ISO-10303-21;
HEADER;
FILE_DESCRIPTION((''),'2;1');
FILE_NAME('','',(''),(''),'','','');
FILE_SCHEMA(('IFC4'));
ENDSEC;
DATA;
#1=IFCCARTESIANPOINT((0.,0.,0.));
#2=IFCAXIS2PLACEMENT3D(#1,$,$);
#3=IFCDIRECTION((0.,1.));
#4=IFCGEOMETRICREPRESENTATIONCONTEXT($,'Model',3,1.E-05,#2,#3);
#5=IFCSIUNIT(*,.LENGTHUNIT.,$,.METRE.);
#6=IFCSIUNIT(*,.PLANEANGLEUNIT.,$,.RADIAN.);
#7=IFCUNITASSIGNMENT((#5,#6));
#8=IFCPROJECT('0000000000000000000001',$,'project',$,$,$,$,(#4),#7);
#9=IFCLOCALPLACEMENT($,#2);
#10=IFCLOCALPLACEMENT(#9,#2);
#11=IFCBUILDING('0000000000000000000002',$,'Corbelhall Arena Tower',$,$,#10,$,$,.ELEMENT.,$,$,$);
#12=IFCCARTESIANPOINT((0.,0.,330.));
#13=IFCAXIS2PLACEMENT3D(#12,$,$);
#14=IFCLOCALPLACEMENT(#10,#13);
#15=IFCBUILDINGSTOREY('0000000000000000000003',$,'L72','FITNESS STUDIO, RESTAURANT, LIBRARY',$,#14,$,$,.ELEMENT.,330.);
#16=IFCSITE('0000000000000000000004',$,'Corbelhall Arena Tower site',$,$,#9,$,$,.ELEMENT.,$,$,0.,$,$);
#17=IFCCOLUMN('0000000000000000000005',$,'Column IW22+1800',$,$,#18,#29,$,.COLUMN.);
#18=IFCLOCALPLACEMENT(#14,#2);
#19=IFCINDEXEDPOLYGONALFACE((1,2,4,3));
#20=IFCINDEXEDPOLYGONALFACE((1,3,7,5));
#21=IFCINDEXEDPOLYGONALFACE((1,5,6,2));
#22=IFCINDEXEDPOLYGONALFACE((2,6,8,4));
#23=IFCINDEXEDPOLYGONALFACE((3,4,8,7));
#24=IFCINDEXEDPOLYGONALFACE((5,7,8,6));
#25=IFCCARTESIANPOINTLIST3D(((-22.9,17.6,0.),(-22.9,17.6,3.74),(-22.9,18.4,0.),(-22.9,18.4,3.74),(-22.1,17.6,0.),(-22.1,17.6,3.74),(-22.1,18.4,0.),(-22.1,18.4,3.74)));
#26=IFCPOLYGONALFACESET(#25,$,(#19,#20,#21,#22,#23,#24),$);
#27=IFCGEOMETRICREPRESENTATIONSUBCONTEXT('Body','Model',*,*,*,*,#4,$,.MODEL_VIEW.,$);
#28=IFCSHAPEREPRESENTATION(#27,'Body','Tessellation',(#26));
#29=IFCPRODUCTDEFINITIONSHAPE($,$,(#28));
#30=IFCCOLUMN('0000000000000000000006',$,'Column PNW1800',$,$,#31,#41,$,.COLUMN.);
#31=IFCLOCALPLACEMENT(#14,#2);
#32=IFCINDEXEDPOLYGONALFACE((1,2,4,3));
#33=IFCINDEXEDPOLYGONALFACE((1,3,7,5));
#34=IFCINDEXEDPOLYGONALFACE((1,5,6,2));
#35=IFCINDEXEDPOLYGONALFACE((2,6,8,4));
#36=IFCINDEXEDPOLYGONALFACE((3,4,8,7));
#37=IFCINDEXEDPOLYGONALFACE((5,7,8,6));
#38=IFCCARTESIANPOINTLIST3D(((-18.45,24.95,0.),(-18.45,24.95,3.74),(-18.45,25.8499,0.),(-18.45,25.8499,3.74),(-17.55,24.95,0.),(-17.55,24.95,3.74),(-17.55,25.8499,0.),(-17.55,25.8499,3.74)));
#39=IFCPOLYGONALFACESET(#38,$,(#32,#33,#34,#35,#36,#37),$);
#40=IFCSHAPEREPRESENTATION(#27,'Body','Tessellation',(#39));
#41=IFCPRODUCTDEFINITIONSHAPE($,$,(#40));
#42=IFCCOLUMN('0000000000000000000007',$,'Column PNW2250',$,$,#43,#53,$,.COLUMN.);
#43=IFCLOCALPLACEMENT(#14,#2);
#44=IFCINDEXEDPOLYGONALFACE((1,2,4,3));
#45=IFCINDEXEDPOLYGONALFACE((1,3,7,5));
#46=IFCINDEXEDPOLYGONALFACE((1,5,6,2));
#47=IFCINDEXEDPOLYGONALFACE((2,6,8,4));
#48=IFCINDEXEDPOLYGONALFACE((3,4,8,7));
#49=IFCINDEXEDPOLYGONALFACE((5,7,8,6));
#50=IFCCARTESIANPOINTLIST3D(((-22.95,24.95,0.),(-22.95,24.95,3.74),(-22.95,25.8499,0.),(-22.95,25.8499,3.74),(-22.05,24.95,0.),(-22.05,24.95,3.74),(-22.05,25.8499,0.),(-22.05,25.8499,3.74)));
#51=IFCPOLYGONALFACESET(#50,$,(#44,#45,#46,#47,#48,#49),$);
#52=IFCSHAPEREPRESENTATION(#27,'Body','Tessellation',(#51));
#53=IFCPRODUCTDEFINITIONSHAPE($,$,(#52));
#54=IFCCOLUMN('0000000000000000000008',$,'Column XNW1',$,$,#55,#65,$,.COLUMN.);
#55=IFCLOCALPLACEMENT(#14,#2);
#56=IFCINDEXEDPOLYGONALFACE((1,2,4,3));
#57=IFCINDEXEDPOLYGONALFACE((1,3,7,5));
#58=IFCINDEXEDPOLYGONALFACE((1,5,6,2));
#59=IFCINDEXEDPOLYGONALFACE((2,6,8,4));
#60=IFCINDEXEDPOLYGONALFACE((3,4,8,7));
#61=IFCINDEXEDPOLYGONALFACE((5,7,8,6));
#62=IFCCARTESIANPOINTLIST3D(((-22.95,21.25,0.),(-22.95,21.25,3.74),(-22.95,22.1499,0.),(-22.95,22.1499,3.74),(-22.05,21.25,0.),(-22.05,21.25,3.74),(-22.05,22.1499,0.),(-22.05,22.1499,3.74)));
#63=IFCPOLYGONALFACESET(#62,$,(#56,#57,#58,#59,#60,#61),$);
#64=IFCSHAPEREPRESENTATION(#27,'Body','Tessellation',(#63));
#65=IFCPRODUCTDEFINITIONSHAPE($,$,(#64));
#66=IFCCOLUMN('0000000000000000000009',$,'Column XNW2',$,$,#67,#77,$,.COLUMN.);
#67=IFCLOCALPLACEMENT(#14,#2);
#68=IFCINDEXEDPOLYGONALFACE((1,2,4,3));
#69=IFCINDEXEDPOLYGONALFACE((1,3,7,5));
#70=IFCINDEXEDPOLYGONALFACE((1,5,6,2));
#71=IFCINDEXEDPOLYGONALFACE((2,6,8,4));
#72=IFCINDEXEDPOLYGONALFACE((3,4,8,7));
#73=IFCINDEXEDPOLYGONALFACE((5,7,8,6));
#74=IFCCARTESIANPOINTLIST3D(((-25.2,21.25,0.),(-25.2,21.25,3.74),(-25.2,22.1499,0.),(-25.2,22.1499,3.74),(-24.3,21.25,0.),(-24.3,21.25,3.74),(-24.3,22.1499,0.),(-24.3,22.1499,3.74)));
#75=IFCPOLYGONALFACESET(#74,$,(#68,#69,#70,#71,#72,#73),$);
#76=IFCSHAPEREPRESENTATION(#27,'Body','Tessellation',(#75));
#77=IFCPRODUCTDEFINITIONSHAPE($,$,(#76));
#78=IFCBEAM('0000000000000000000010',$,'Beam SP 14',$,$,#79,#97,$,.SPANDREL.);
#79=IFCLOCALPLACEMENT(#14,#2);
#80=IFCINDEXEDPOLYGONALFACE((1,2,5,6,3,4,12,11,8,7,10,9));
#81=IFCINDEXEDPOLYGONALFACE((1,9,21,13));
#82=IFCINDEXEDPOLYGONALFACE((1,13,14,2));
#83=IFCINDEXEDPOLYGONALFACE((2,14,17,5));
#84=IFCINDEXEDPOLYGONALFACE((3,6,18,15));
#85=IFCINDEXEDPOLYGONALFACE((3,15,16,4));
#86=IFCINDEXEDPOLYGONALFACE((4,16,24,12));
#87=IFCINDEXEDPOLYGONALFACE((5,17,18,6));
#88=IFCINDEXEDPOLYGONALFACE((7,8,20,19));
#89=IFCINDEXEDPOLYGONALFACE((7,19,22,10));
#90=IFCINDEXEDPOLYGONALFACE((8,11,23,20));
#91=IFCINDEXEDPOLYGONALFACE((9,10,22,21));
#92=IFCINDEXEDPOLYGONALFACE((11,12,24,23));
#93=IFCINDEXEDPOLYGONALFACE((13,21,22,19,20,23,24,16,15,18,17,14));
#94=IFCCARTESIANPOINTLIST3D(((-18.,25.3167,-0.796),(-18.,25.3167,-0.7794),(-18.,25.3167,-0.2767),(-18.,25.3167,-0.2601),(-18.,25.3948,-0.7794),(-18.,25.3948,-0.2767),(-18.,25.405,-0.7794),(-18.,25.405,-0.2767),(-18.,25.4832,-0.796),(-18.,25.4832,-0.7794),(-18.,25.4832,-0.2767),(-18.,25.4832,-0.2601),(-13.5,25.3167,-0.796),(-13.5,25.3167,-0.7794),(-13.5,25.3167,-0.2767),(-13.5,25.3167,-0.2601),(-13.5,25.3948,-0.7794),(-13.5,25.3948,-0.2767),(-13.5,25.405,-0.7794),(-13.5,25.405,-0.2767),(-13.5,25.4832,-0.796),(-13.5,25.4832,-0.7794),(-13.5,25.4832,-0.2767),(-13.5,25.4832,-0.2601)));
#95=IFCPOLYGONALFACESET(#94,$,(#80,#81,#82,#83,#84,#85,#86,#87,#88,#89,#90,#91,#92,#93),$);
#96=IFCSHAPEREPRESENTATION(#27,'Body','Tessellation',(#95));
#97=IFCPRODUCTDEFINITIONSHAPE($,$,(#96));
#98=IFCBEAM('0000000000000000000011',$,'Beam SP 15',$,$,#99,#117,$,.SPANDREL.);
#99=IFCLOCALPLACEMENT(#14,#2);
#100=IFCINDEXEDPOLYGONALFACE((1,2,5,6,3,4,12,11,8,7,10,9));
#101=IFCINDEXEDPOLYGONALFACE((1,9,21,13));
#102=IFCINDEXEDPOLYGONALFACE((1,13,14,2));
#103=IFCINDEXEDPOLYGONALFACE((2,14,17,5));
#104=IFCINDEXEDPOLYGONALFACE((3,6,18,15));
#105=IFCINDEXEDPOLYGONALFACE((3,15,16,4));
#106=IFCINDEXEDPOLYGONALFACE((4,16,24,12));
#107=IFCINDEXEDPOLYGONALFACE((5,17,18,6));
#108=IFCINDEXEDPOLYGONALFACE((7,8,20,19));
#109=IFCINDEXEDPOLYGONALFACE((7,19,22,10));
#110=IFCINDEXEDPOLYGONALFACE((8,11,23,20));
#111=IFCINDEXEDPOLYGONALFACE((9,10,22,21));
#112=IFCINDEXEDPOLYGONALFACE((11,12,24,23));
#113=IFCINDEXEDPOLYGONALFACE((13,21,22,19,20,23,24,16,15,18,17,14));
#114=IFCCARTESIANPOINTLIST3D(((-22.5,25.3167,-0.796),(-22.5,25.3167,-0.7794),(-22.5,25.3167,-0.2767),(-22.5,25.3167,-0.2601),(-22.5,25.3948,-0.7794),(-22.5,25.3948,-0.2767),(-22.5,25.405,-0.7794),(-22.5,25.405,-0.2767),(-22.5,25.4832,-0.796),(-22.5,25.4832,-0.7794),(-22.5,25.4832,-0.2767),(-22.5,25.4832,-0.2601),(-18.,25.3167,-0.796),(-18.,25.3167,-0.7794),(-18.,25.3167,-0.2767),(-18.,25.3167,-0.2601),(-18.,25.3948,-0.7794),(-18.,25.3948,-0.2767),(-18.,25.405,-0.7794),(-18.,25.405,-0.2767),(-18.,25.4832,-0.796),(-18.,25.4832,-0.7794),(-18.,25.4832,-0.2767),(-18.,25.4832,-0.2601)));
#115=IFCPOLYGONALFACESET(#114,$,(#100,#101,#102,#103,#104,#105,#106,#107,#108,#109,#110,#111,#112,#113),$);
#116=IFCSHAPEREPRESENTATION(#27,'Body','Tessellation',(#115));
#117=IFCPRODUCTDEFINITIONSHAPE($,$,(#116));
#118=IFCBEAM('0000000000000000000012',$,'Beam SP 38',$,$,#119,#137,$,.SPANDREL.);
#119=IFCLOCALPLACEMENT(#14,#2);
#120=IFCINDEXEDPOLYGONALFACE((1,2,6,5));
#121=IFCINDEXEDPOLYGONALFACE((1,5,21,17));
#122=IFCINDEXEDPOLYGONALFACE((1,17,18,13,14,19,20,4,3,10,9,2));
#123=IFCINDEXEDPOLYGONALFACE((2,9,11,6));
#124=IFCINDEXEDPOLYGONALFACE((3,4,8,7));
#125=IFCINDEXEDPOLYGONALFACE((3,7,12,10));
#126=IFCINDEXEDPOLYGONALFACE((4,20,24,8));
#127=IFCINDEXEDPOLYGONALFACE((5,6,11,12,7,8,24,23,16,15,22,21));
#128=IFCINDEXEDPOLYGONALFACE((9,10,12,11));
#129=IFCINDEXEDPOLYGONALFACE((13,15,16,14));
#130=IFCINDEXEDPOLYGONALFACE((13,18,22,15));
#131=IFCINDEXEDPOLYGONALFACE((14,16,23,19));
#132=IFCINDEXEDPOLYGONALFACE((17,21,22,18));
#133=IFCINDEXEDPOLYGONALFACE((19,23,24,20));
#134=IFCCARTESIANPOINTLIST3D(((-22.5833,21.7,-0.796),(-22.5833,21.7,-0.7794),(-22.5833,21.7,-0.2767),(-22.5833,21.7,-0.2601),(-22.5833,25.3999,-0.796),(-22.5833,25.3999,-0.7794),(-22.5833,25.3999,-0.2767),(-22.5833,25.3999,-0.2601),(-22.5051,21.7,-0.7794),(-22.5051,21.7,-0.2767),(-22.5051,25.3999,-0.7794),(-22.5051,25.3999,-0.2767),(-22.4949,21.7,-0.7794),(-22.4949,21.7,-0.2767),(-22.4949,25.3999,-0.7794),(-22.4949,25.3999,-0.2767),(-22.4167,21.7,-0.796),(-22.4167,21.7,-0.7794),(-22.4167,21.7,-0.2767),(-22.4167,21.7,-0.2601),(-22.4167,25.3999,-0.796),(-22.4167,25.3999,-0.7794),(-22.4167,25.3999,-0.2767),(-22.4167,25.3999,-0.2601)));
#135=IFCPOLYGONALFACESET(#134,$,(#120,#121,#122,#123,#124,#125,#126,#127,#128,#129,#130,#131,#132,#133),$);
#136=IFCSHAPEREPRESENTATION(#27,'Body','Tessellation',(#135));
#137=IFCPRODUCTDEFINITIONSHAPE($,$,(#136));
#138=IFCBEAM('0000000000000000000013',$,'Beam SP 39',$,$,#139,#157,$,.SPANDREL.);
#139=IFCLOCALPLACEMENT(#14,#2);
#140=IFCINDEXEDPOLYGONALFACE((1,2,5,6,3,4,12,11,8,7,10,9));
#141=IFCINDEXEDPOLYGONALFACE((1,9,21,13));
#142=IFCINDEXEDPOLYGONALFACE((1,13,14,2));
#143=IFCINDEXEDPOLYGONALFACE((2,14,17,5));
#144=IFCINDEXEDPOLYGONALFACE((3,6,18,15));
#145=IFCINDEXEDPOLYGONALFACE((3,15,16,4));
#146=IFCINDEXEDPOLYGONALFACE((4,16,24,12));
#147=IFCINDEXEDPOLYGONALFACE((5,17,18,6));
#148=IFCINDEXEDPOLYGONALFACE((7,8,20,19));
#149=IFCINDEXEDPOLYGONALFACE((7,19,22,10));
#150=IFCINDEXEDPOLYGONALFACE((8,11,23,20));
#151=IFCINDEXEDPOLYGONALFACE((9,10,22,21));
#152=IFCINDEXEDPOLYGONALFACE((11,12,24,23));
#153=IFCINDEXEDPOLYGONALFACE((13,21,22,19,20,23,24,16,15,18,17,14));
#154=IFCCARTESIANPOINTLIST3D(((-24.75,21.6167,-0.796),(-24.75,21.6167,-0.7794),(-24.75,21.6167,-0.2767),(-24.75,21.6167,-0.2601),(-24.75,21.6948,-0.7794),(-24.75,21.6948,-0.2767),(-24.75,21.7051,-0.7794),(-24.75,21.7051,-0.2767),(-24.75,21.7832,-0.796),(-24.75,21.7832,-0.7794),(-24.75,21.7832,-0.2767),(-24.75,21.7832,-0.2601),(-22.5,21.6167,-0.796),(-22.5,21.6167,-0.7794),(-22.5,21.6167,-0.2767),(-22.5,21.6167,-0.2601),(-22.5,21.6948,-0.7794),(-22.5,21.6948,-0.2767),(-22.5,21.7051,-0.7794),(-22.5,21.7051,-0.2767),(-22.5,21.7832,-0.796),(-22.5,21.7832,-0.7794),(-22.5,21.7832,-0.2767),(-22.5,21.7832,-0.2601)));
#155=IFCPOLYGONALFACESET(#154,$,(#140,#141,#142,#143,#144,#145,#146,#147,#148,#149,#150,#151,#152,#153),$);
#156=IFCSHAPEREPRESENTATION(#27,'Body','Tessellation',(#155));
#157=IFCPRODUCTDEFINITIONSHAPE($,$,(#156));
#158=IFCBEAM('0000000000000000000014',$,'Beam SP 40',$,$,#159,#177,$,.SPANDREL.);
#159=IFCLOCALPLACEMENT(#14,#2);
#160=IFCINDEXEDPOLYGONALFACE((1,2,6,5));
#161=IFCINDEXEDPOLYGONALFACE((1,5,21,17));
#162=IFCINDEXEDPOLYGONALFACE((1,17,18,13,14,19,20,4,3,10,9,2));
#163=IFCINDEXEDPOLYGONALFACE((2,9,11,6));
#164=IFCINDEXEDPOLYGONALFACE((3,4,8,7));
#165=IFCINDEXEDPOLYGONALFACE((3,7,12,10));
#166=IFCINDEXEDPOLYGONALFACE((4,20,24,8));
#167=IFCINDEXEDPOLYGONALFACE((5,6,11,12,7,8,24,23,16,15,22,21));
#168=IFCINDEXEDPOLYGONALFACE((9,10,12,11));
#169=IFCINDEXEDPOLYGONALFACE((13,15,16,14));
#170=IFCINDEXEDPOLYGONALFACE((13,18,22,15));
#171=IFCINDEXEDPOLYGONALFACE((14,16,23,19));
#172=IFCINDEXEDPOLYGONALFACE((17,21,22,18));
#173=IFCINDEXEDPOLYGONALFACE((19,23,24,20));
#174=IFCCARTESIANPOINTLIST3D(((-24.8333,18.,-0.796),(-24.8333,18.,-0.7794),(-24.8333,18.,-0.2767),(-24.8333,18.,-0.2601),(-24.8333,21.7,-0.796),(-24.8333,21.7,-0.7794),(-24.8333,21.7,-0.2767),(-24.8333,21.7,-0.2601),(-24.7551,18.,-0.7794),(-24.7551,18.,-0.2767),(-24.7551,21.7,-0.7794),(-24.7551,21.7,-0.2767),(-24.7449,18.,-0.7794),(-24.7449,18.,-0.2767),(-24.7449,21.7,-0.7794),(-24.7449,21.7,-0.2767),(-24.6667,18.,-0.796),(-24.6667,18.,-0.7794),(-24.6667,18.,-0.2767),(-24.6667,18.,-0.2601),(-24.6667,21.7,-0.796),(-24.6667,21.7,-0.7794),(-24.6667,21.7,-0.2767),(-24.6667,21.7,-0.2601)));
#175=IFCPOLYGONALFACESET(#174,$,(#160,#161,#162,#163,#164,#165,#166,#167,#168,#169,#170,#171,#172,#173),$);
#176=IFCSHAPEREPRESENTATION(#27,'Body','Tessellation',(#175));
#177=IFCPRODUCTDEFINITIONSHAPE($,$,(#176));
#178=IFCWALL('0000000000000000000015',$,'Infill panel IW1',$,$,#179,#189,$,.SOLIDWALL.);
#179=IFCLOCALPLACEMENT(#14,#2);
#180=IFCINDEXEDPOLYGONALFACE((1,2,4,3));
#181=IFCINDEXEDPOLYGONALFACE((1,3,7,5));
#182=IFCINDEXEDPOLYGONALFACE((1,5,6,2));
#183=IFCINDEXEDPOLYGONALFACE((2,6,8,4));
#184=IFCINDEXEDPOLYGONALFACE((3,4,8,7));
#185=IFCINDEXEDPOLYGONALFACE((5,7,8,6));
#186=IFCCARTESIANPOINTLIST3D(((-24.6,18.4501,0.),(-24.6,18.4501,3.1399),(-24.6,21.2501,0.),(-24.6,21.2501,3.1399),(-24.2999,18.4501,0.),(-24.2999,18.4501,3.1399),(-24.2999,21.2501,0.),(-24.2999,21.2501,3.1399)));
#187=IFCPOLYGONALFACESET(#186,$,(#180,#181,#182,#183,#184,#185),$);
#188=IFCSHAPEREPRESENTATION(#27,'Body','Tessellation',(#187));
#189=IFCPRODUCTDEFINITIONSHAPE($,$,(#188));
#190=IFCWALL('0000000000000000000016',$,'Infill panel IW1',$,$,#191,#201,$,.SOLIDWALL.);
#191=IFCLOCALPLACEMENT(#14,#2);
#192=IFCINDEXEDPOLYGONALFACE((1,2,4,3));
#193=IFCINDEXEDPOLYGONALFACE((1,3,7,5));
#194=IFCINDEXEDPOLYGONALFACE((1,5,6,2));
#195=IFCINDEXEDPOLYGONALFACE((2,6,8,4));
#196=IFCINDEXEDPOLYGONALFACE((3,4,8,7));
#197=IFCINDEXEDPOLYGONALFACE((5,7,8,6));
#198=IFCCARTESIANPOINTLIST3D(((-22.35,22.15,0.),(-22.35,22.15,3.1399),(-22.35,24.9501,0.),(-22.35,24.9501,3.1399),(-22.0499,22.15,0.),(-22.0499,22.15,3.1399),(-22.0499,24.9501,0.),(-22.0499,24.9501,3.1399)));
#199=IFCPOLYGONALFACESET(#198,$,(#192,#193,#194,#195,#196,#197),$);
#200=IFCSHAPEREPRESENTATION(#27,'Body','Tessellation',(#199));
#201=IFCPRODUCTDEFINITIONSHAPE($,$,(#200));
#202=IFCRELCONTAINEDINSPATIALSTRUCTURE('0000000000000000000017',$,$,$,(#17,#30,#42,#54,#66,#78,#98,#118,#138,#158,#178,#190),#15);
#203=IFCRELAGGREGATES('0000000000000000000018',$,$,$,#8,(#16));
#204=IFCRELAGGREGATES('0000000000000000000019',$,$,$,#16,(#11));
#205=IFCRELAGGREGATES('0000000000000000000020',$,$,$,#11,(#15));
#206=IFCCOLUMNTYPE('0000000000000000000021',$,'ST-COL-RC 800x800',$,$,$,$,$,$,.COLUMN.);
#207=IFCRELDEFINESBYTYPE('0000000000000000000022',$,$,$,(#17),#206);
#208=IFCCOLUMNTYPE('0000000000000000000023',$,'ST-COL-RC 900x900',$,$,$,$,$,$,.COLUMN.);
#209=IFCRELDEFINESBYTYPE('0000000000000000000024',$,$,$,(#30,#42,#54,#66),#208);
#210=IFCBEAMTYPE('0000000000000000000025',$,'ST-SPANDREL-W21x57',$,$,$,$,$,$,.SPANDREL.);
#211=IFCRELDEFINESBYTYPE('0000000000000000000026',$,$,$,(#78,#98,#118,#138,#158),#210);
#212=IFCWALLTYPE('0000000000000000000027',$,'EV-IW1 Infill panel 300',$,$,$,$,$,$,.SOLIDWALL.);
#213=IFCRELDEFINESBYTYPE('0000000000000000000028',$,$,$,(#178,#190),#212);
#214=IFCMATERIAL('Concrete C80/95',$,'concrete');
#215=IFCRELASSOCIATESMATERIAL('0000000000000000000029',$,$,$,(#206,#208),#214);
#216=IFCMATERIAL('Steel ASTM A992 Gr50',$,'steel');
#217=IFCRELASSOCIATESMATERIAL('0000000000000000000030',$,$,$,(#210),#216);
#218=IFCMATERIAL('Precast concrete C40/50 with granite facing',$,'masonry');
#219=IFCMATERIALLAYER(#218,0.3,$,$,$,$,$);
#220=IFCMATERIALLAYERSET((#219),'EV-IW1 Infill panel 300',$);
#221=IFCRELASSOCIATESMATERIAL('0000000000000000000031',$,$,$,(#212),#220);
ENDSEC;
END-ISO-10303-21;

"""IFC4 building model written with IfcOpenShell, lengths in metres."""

from ifc_helpers import new_model, si_unit, direction, frame, frame_2d, origin, origin_2d, place, context, subcontext, project, spatial, rectangle, i_section, extrude, material, layer, layer_set, material_profile, profile_set, type_object, element, save


model = new_model("IFC4")

# Units and contexts
model_context = context("Model", 3, precision=1e-05, world=origin(), true_north=direction((0.0, 1.0)))
body_context = subcontext(model_context, "Body", "Model", "MODEL_VIEW")
ifc_project = project(units=[si_unit("LENGTHUNIT", "METRE"), si_unit("PLANEANGLEUNIT", "RADIAN")], contexts=[model_context])

# Site, building, storey
site_placement = place(None, origin())
site = spatial("IfcSite", under=ifc_project, at=site_placement, Name="Corbelhall Arena Tower site", CompositionType="ELEMENT", RefElevation=0.0)
building_placement = place(site_placement, origin())
building = spatial("IfcBuilding", under=site, at=building_placement, Name="Corbelhall Arena Tower", CompositionType="ELEMENT")
storey_placement = place(building_placement, frame((0.0, 0.0, 330.0)))
storey = spatial("IfcBuildingStorey", under=building, at=storey_placement, Name="L72", Description="FITNESS STUDIO, RESTAURANT, LIBRARY", CompositionType="ELEMENT", Elevation=330.0)

# Columns
ifc_material_1 = material(Name="Concrete C80/95", Category="concrete")
ifc_material_profile_1 = material_profile(ifc_material_1, rectangle(XDim=0.8, YDim=0.8, at=origin_2d()))
ifc_profile_set_1 = profile_set([ifc_material_profile_1], Name="Concrete C80/95")
column_type_1 = type_object("IfcColumnType", Name="ST-COL-RC 800x800", PredefinedType="COLUMN", material=ifc_profile_set_1)
column_placement = place(storey_placement, frame((-22.5, 18.0, 0.0), z_axis=(0.0, 0.0, 1.0), x_axis=(1.0, 0.0, 0.0)))
element("IfcColumn", 1, at=column_placement, inside=storey, type_object=column_type_1, Name="Column IW22+1800", PredefinedType="COLUMN", context=body_context, shape_type="SweptSolid", body=[
    extrude(rectangle(XDim=0.8, YDim=0.8, at=origin_2d()), origin(), (0.0, 0.0, 1.0), 3.74),
])
ifc_material_profile_2 = material_profile(ifc_material_1, rectangle(XDim=0.8999, YDim=0.8999, at=origin_2d()))
ifc_profile_set_2 = profile_set([ifc_material_profile_2], Name="Concrete C80/95")
column_type_2 = type_object("IfcColumnType", Name="ST-COL-RC 900x900", PredefinedType="COLUMN", material=ifc_profile_set_2)
for number, where, z_axis, x_axis, name in (
    (2, (-18.0, 25.3999, 0.0), (0.0, 0.0, 1.0), (1.0, 0.0, 0.0), "Column PNW1800"),
    (3, (-22.5, 25.3999, 0.0), (0.0, 0.0, 1.0), (1.0, 0.0, 0.0), "Column PNW2250"),
    (4, (-22.5, 21.7, 0.0), (0.0, 0.0, 1.0), (1.0, 0.0, 0.0), "Column XNW1"),
    (5, (-24.75, 21.7, 0.0), (0.0, 0.0, 1.0), (1.0, 0.0, 0.0), "Column XNW2"),
):
    element("IfcColumn", number, at=place(storey_placement, frame(where, z_axis=z_axis, x_axis=x_axis)), inside=storey, type_object=column_type_2, Name=name, PredefinedType="COLUMN", context=body_context, shape_type="SweptSolid", body=[
        extrude(rectangle(XDim=0.8999, YDim=0.8999, at=origin_2d()), origin(), (0.0, 0.0, 1.0), 3.74),
    ])

# Beams
ifc_material_2 = material(Name="Steel ASTM A992 Gr50", Category="steel")
ifc_material_profile_3 = material_profile(ifc_material_2, i_section(OverallWidth=0.1665, OverallDepth=0.5359, WebThickness=0.0103, FlangeThickness=0.0166, at=origin_2d()))
ifc_profile_set_3 = profile_set([ifc_material_profile_3], Name="Steel ASTM A992 Gr50")
beam_type = type_object("IfcBeamType", Name="ST-SPANDREL-W21x57", PredefinedType="SPANDREL", material=ifc_profile_set_3)
for number, where, z_axis, x_axis, name in (
    (6, (-18.0, 25.3999, -0.5281), (1.0, 0.0, 0.0), (0.0, 1.0, 0.0), "Beam SP 14"),
    (7, (-22.5, 25.3999, -0.5281), (1.0, 0.0, 0.0), (0.0, 1.0, 0.0), "Beam SP 15"),
):
    element("IfcBeam", number, at=place(storey_placement, frame(where, z_axis=z_axis, x_axis=x_axis)), inside=storey, type_object=beam_type, Name=name, PredefinedType="SPANDREL", context=body_context, shape_type="SweptSolid", body=[
        extrude(i_section(OverallWidth=0.1665, OverallDepth=0.5359, WebThickness=0.0103, FlangeThickness=0.0166, at=origin_2d()), origin(), (0.0, 0.0, 1.0), 4.5),
    ])
beam_1_placement = place(storey_placement, frame((-22.5, 21.7, -0.5281), z_axis=(0.0, 1.0, 0.0), x_axis=(-1.0, 0.0, 0.0)))
element("IfcBeam", 8, at=beam_1_placement, inside=storey, type_object=beam_type, Name="Beam SP 38", PredefinedType="SPANDREL", context=body_context, shape_type="SweptSolid", body=[
    extrude(i_section(OverallWidth=0.1665, OverallDepth=0.5359, WebThickness=0.0103, FlangeThickness=0.0166, at=origin_2d()), origin(), (0.0, 0.0, 1.0), 3.7),
])
beam_2_placement = place(storey_placement, frame((-24.75, 21.7, -0.5281), z_axis=(1.0, 0.0, 0.0), x_axis=(0.0, 1.0, 0.0)))
element("IfcBeam", 9, at=beam_2_placement, inside=storey, type_object=beam_type, Name="Beam SP 39", PredefinedType="SPANDREL", context=body_context, shape_type="SweptSolid", body=[
    extrude(i_section(OverallWidth=0.1665, OverallDepth=0.5359, WebThickness=0.0103, FlangeThickness=0.0166, at=origin_2d()), origin(), (0.0, 0.0, 1.0), 2.25),
])
beam_3_placement = place(storey_placement, frame((-24.75, 18.0, -0.5281), z_axis=(0.0, 1.0, 0.0), x_axis=(-1.0, 0.0, 0.0)))
element("IfcBeam", 10, at=beam_3_placement, inside=storey, type_object=beam_type, Name="Beam SP 40", PredefinedType="SPANDREL", context=body_context, shape_type="SweptSolid", body=[
    extrude(i_section(OverallWidth=0.1665, OverallDepth=0.5359, WebThickness=0.0103, FlangeThickness=0.0166, at=origin_2d()), origin(), (0.0, 0.0, 1.0), 3.7),
])

# Wall
ifc_material_3 = material(Name="Precast concrete C40/50 with granite facing", Category="masonry")
ifc_layer_1 = layer(ifc_material_3, 0.3)
ifc_layer_set_1 = layer_set([ifc_layer_1], Name="EV-IW1 Infill panel 300")
wall_type_1 = type_object("IfcWallType", Name="EV-IW1 Infill panel 300", PredefinedType="SOLIDWALL", material=ifc_layer_set_1)
wall_1_placement = place(storey_placement, frame((-24.45, 21.25, 0.0), z_axis=(0.0, 0.0, 1.0), x_axis=(0.0, -1.0, 0.0)))
element("IfcWall", 11, at=wall_1_placement, inside=storey, type_object=wall_type_1, Name="Infill panel IW1", PredefinedType="SOLIDWALL", context=body_context, shape_type="SweptSolid", body=[
    extrude(rectangle(XDim=2.8, YDim=0.3, at=frame_2d((1.3999, 0.0))), origin(), (0.0, 0.0, 1.0), 3.1399),
])

# Wall
wall_2_placement = place(storey_placement, frame((-22.2, 24.95, 0.0), z_axis=(0.0, 0.0, 1.0), x_axis=(0.0, -1.0, 0.0)))
element("IfcWall", 12, at=wall_2_placement, inside=storey, type_object=wall_type_1, Name="Infill panel IW1", PredefinedType="SOLIDWALL", context=body_context, shape_type="SweptSolid", body=[
    extrude(rectangle(XDim=2.8, YDim=0.3, at=frame_2d((1.3999, 0.0))), origin(), (0.0, 0.0, 1.0), 3.1399),
])

save(model, "model.ifc")
